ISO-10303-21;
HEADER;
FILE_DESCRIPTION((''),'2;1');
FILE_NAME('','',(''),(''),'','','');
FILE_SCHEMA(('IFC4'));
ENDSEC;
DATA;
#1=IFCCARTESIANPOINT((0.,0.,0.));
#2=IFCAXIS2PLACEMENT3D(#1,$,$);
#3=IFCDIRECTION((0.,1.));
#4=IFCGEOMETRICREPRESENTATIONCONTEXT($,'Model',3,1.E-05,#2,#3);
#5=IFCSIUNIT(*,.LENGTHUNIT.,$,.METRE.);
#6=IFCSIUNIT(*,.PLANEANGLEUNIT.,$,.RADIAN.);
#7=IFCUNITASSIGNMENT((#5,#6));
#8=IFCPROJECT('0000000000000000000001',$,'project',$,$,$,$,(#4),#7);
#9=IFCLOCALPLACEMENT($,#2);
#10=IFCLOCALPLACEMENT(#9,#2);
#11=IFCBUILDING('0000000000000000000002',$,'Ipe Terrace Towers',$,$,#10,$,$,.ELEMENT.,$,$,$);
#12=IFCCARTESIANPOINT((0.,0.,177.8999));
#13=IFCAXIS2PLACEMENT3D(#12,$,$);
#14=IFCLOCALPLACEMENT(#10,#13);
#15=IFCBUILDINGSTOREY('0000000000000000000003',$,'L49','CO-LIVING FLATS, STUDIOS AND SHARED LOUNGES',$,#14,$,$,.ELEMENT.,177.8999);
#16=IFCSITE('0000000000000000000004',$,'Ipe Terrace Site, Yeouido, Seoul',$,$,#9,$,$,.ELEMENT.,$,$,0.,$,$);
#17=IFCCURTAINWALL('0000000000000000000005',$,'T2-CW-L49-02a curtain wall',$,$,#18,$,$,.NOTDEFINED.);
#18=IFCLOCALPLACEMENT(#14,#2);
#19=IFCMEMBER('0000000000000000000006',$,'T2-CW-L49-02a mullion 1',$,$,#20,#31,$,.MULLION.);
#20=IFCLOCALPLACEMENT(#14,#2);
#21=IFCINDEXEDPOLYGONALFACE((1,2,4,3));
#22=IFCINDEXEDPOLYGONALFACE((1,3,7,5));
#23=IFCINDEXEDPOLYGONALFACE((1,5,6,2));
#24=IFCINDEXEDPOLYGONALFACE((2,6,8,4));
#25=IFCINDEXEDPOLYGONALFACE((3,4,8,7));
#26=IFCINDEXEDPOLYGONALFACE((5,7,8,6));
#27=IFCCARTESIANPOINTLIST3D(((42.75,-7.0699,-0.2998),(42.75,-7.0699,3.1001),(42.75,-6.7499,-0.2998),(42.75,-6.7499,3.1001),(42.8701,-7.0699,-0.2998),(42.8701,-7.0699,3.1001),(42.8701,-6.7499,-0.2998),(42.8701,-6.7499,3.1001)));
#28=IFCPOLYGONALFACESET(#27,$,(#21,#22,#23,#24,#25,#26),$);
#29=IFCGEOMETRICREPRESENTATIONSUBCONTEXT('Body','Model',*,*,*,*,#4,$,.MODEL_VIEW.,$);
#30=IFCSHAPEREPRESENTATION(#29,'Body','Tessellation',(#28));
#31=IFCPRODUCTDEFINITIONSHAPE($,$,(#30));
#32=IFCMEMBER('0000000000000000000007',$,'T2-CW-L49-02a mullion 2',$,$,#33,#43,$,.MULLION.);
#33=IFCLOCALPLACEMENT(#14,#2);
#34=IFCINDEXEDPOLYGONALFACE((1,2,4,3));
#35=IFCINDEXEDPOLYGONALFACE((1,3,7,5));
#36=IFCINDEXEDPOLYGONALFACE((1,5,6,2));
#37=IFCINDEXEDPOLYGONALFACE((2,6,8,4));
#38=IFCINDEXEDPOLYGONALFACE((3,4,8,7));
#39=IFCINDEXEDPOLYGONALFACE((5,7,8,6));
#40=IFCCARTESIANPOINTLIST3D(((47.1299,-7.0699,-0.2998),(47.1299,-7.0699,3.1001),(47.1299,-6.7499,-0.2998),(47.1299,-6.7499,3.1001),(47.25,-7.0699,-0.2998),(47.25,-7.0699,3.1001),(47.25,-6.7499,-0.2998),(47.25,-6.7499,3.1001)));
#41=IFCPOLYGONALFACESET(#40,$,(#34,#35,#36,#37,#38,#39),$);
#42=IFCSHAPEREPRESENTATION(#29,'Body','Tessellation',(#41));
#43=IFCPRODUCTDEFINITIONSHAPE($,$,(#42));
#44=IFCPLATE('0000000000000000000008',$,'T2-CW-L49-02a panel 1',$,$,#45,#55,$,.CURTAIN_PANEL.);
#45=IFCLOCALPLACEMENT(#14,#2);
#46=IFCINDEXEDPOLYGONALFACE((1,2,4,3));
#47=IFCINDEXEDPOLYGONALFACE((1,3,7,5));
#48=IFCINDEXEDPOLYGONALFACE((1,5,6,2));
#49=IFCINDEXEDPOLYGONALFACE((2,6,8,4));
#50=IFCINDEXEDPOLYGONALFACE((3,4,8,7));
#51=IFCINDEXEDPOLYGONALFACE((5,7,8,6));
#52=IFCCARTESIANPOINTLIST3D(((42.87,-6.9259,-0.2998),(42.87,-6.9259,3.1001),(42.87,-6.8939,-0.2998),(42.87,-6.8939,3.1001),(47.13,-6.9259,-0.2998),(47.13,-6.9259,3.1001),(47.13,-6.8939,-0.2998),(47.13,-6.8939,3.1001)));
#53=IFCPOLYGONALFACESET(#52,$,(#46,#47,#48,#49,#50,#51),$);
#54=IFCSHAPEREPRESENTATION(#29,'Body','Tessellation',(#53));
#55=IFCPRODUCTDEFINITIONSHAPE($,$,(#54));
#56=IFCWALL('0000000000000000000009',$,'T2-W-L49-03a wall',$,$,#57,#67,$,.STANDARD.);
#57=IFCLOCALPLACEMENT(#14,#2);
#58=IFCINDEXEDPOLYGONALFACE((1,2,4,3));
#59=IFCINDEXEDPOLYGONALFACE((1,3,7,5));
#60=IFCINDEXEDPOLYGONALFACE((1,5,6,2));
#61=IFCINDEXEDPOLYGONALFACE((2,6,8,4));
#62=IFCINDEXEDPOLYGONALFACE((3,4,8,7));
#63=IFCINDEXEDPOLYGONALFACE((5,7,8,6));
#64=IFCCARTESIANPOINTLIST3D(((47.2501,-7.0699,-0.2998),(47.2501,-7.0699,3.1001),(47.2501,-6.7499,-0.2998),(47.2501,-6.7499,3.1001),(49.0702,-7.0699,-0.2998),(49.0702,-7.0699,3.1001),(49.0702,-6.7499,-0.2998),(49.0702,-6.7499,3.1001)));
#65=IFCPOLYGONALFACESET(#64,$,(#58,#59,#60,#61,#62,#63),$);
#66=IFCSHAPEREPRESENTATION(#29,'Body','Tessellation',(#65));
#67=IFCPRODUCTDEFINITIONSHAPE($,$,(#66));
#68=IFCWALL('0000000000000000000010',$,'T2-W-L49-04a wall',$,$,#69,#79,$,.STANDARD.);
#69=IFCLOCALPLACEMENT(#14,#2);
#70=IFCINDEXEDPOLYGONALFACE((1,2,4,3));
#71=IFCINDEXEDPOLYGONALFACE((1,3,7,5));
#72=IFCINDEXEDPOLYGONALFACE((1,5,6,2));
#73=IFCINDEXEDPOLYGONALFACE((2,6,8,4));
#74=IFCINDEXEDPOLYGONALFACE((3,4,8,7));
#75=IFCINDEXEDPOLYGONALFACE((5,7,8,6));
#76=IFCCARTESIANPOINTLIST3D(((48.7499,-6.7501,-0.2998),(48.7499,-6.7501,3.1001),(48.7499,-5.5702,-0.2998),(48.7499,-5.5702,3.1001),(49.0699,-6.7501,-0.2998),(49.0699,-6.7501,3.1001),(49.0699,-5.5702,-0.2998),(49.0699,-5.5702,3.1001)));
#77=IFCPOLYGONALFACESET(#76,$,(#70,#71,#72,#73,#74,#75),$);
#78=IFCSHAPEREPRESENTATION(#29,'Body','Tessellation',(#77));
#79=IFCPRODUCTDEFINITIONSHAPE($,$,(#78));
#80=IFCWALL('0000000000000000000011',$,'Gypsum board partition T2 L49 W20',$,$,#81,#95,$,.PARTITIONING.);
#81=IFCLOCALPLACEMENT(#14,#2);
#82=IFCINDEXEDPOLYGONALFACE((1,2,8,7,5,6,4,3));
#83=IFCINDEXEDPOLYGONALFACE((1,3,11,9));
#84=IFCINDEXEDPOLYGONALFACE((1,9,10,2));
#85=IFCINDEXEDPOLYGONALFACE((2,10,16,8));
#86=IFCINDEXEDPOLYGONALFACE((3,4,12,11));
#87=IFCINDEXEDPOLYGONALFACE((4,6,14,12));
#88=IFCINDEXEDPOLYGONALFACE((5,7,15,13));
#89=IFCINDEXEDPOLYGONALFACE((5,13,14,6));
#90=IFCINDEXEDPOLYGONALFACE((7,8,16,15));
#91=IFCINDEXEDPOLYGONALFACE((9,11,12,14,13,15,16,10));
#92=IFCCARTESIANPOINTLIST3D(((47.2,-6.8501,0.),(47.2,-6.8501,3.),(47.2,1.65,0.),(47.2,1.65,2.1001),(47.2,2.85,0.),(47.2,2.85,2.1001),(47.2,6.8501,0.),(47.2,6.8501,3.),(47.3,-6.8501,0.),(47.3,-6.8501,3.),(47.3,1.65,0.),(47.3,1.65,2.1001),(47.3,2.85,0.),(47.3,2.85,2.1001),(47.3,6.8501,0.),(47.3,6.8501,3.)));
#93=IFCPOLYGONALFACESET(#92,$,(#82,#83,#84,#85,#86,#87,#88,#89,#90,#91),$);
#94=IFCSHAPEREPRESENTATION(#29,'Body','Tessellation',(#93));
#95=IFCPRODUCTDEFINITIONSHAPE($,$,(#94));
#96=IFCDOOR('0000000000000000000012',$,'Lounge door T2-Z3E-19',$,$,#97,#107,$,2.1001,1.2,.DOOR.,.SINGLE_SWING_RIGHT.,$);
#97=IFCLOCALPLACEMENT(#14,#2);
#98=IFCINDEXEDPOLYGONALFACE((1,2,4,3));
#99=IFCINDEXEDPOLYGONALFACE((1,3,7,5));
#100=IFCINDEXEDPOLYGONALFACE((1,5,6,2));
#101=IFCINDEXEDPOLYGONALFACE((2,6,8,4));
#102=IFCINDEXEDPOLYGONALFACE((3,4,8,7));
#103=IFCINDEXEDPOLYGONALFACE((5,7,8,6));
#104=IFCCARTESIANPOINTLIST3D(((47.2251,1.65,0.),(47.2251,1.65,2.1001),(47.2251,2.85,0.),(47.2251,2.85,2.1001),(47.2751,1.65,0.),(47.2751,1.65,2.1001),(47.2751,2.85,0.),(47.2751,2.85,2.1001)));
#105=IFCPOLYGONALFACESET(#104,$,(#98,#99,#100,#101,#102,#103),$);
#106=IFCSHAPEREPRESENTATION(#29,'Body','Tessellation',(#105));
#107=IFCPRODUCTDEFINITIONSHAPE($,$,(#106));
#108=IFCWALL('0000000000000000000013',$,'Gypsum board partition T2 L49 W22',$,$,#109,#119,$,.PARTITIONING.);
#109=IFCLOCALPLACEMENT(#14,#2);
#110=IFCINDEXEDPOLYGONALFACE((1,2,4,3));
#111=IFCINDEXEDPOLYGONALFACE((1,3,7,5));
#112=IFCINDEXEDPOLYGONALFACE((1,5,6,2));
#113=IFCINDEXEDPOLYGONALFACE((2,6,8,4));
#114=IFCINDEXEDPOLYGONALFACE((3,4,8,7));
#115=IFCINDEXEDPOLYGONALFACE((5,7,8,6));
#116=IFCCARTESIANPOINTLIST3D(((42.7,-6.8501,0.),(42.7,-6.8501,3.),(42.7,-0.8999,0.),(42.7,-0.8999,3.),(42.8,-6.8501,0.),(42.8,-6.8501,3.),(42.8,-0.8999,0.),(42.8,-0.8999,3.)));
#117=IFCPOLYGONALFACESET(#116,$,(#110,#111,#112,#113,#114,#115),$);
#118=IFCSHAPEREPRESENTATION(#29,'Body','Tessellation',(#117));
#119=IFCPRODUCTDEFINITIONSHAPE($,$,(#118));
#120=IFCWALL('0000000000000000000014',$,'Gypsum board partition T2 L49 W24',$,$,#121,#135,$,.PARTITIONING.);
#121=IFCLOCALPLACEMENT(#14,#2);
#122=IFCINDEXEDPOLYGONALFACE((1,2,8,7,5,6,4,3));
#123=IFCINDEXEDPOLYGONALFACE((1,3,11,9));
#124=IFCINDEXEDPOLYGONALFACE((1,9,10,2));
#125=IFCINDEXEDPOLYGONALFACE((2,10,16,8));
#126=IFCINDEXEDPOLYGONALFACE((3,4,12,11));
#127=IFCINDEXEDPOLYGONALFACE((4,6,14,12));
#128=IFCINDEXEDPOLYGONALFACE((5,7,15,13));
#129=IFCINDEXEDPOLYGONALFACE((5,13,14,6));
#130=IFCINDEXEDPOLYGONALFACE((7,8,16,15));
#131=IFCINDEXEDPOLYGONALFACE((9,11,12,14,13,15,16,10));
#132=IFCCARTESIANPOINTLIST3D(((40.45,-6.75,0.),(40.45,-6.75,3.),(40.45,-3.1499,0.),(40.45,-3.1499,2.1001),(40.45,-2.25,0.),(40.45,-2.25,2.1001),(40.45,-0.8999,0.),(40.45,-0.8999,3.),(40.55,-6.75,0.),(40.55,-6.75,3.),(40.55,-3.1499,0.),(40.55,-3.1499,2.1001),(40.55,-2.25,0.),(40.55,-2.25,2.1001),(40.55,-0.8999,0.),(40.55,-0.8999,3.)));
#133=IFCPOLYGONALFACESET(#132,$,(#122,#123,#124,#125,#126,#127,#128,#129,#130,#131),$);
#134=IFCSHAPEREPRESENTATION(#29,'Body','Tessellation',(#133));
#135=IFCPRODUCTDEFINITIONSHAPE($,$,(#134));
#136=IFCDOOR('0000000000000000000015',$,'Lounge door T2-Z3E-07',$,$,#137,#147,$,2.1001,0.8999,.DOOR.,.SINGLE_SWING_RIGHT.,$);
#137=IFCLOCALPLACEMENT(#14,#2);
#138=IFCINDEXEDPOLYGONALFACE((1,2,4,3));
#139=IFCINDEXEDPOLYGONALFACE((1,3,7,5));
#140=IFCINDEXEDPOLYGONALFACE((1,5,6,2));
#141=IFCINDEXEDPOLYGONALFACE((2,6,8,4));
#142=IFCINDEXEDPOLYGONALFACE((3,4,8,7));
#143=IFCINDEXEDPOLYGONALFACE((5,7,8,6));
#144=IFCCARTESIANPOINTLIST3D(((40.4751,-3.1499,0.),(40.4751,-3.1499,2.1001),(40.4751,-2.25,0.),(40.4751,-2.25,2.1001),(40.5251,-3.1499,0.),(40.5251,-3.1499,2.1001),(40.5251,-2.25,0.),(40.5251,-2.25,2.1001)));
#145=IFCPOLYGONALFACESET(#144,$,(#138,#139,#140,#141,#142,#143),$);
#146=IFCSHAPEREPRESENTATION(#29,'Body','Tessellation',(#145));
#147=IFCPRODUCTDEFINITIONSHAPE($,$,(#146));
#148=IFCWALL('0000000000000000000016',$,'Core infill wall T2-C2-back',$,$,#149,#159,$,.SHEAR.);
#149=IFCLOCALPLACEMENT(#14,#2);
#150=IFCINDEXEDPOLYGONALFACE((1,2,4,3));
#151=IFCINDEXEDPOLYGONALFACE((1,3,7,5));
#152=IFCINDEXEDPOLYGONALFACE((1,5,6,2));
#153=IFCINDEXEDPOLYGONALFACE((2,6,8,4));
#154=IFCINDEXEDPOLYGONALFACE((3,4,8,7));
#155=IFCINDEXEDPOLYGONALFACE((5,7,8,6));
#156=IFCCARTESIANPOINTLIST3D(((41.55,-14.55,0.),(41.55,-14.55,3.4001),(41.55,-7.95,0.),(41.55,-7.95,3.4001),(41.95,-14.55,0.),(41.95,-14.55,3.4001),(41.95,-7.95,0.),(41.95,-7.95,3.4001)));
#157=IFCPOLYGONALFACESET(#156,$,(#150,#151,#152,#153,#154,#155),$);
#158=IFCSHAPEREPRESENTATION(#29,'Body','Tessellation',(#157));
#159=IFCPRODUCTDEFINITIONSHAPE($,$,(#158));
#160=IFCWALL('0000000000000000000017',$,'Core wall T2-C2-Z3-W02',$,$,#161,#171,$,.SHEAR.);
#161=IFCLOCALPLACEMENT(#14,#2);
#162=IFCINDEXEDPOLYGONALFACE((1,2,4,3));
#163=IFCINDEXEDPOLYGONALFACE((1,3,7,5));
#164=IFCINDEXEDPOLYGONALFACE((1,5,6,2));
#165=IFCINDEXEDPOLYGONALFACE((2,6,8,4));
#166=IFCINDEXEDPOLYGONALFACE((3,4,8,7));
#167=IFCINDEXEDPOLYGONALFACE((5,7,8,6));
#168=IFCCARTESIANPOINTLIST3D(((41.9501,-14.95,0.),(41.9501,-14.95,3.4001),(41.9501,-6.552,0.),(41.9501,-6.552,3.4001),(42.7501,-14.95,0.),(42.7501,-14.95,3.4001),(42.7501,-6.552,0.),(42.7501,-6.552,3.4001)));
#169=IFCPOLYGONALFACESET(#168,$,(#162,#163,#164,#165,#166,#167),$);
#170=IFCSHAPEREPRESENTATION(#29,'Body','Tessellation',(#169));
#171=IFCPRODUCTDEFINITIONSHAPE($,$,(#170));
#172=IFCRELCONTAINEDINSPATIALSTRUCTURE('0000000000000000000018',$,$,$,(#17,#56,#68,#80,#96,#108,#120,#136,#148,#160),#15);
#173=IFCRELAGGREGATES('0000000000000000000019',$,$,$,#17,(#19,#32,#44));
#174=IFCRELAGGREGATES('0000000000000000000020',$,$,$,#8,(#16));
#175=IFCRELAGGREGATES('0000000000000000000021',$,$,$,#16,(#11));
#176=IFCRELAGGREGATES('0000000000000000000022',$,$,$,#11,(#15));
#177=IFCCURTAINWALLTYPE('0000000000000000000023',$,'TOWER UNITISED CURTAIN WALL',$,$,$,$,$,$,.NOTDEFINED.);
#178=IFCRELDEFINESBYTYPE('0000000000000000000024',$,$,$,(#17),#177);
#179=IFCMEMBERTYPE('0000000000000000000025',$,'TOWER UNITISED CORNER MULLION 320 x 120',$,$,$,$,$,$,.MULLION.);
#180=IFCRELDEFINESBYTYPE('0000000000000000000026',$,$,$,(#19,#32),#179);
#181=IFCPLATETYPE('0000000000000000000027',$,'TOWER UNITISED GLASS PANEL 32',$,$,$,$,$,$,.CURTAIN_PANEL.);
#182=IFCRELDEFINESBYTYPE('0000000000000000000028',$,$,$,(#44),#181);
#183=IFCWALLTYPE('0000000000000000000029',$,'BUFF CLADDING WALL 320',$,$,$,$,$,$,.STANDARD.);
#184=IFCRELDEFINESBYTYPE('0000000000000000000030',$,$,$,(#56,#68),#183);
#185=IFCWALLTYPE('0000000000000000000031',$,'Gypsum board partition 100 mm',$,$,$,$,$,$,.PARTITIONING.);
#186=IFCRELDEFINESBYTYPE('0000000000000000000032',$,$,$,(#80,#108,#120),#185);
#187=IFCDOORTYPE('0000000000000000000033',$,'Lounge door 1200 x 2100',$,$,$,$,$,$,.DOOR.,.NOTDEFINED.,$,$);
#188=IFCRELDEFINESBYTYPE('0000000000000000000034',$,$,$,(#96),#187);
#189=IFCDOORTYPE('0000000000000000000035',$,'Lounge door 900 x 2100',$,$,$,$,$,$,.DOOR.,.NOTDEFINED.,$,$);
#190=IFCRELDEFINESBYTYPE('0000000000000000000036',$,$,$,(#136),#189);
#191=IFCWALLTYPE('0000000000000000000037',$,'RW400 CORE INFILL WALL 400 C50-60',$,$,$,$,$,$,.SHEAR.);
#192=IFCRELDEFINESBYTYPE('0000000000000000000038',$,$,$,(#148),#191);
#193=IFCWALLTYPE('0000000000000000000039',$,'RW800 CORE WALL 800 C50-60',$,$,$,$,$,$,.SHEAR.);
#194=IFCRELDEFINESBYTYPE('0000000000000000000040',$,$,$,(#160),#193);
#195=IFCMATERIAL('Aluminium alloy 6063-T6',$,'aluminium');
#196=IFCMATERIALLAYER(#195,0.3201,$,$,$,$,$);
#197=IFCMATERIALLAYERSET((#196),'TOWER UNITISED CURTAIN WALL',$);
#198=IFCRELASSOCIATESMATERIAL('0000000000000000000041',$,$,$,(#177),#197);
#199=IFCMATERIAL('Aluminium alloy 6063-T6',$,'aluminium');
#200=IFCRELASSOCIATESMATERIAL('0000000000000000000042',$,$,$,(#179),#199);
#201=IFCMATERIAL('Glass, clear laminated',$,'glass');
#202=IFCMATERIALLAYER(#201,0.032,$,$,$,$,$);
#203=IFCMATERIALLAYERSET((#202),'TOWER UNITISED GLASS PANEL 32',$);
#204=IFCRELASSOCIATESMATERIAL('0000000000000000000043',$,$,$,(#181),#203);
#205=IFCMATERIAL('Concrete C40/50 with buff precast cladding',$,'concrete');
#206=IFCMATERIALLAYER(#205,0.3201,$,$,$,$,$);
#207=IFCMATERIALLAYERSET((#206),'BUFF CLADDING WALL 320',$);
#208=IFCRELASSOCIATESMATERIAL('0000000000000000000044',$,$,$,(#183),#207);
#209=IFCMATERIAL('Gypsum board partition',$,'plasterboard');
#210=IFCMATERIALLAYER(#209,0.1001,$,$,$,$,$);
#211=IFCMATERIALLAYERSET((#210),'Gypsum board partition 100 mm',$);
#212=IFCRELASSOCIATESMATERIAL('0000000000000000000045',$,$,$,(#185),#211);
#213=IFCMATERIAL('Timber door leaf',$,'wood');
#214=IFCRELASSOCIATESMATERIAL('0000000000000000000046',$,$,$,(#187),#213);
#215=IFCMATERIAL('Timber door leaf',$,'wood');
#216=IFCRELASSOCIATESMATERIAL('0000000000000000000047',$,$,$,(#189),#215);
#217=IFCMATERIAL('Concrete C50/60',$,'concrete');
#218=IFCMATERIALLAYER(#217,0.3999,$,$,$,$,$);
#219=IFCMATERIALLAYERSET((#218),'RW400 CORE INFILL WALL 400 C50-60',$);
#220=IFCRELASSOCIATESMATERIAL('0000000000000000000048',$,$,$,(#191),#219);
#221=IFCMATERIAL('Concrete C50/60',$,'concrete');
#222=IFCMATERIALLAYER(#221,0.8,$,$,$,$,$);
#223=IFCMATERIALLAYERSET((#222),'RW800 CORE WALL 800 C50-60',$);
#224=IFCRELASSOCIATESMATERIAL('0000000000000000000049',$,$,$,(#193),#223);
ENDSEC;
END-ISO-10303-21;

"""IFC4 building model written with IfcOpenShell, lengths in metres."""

from ifc_helpers import new_model, si_unit, direction, frame, frame_2d, origin, origin_2d, place, context, subcontext, project, spatial, rectangle, extrude, material, layer, layer_set, material_profile, profile_set, type_object, element, fill, aggregate, save


model = new_model("IFC4")

# Units and contexts
model_context = context("Model", 3, precision=1e-05, world=origin(), true_north=direction((0.0, 1.0)))
body_context = subcontext(model_context, "Body", "Model", "MODEL_VIEW")
ifc_project = project(units=[si_unit("LENGTHUNIT", "METRE"), si_unit("PLANEANGLEUNIT", "RADIAN")], contexts=[model_context])

# Site, building, storey
site_placement = place(None, origin())
site = spatial("IfcSite", under=ifc_project, at=site_placement, Name="Ipe Terrace Site, Yeouido, Seoul", CompositionType="ELEMENT", RefElevation=0.0)
building_placement = place(site_placement, origin())
building = spatial("IfcBuilding", under=site, at=building_placement, Name="Ipe Terrace Towers", CompositionType="ELEMENT")
storey_placement = place(building_placement, frame((0.0, 0.0, 177.8999)))
storey = spatial("IfcBuildingStorey", under=building, at=storey_placement, Name="L49", Description="CO-LIVING FLATS, STUDIOS AND SHARED LOUNGES", CompositionType="ELEMENT", Elevation=177.8999)

# Curtain wall, members, plate
ifc_material_1 = material(Name="Aluminium alloy 6063-T6", Category="aluminium")
ifc_layer_1 = layer(ifc_material_1, 0.3201)
ifc_layer_set_1 = layer_set([ifc_layer_1], Name="TOWER UNITISED CURTAIN WALL")
curtain_wall_type = type_object("IfcCurtainWallType", Name="TOWER UNITISED CURTAIN WALL", PredefinedType="NOTDEFINED", material=ifc_layer_set_1)
curtain_wall_placement = place(storey_placement, origin())
curtain_wall = element("IfcCurtainWall", 1, at=curtain_wall_placement, inside=storey, type_object=curtain_wall_type, Name="T2-CW-L49-02a curtain wall", PredefinedType="NOTDEFINED")
ifc_material_2 = material(Name="Aluminium alloy 6063-T6", Category="aluminium")
ifc_material_profile = material_profile(ifc_material_2, rectangle(XDim=0.3201, YDim=0.1201, at=origin_2d()), Name="TOWER UNITISED CORNER MULLION 320 x 120")
ifc_profile_set = profile_set([ifc_material_profile], Name="Aluminium alloy 6063-T6")
member_type = type_object("IfcMemberType", Name="TOWER UNITISED CORNER MULLION 320 x 120", PredefinedType="MULLION", material=ifc_profile_set)
member_1_placement = place(storey_placement, frame((42.8101, -6.9099, -0.2998), z_axis=(0.0, 0.0, 1.0), x_axis=(0.0, -1.0, 0.0)))
member_1 = element("IfcMember", 2, at=member_1_placement, type_object=member_type, Name="T2-CW-L49-02a mullion 1", PredefinedType="MULLION", context=body_context, shape_type="SweptSolid", body=[
    extrude(rectangle(XDim=0.3201, YDim=0.1201, at=origin_2d()), origin(), (0.0, 0.0, 1.0), 3.3999),
])
member_2_placement = place(storey_placement, frame((47.1899, -6.9099, -0.2998), z_axis=(0.0, 0.0, 1.0), x_axis=(0.0, -1.0, 0.0)))
member_2 = element("IfcMember", 3, at=member_2_placement, type_object=member_type, Name="T2-CW-L49-02a mullion 2", PredefinedType="MULLION", context=body_context, shape_type="SweptSolid", body=[
    extrude(rectangle(XDim=0.3201, YDim=0.1201, at=origin_2d()), origin(), (0.0, 0.0, 1.0), 3.3999),
])
ifc_material_3 = material(Name="Glass, clear laminated", Category="glass")
ifc_layer_2 = layer(ifc_material_3, 0.032)
ifc_layer_set_2 = layer_set([ifc_layer_2], Name="TOWER UNITISED GLASS PANEL 32")
plate_type = type_object("IfcPlateType", Name="TOWER UNITISED GLASS PANEL 32", PredefinedType="CURTAIN_PANEL", material=ifc_layer_set_2)
plate_placement = place(storey_placement, frame((45.0, -6.9099, -0.2998), z_axis=(0.0, 0.0, 1.0), x_axis=(1.0, 0.0, 0.0)))
plate = element("IfcPlate", 4, at=plate_placement, type_object=plate_type, Name="T2-CW-L49-02a panel 1", PredefinedType="CURTAIN_PANEL", context=body_context, shape_type="SweptSolid", body=[
    extrude(rectangle(XDim=4.26, YDim=0.032, at=origin_2d()), origin(), (0.0, 0.0, 1.0), 3.3999),
])
aggregate(curtain_wall, [member_1, member_2, plate])

# Walls
ifc_material_4 = material(Name="Concrete C40/50 with buff precast cladding", Category="concrete")
ifc_layer_3 = layer(ifc_material_4, 0.3201)
ifc_layer_set_3 = layer_set([ifc_layer_3], Name="BUFF CLADDING WALL 320")
wall_type_1 = type_object("IfcWallType", Name="BUFF CLADDING WALL 320", PredefinedType="STANDARD", material=ifc_layer_set_3)
wall_1_placement = place(storey_placement, frame((47.25, -6.9099, -0.2998), z_axis=(0.0, 0.0, 1.0), x_axis=(1.0, 0.0, 0.0)))
element("IfcWall", 5, at=wall_1_placement, inside=storey, type_object=wall_type_1, Name="T2-W-L49-03a wall", PredefinedType="STANDARD", context=body_context, shape_type="SweptSolid", body=[
    extrude(rectangle(XDim=1.8201, YDim=0.3201, at=frame_2d((0.9102, 0.0))), origin(), (0.0, 0.0, 1.0), 3.3999),
])
wall_2_placement = place(storey_placement, frame((48.9099, -6.75, -0.2998), z_axis=(0.0, 0.0, 1.0), x_axis=(0.0, 1.0, 0.0)))
element("IfcWall", 6, at=wall_2_placement, inside=storey, type_object=wall_type_1, Name="T2-W-L49-04a wall", PredefinedType="STANDARD", context=body_context, shape_type="SweptSolid", body=[
    extrude(rectangle(XDim=1.1799, YDim=0.3201, at=frame_2d((0.5898, 0.0))), origin(), (0.0, 0.0, 1.0), 3.3999),
])

# Wall, opening, door
ifc_material_5 = material(Name="Gypsum board partition", Category="plasterboard")
ifc_layer_4 = layer(ifc_material_5, 0.1001)
ifc_layer_set_4 = layer_set([ifc_layer_4], Name="Gypsum board partition 100 mm")
wall_type_2 = type_object("IfcWallType", Name="Gypsum board partition 100 mm", PredefinedType="PARTITIONING", material=ifc_layer_set_4)
wall_3_placement = place(storey_placement, frame((47.25, -6.8501, 0.0), z_axis=(0.0, 0.0, 1.0), x_axis=(0.0, 1.0, 0.0)))
wall_3 = element("IfcWall", 7, at=wall_3_placement, inside=storey, type_object=wall_type_2, Name="Gypsum board partition T2 L49 W20", PredefinedType="PARTITIONING", context=body_context, shape_type="SweptSolid", body=[
    extrude(rectangle(XDim=13.7002, YDim=0.1001, at=frame_2d((6.8501, 0.0))), origin(), (0.0, 0.0, 1.0), 3.0),
])
opening_1_placement = place(wall_3_placement, frame((8.5, 0.0, 0.0)))
opening_1 = element("IfcOpeningElement", 8, at=opening_1_placement, cuts=wall_3, PredefinedType="OPENING", context=body_context, shape_type="SweptSolid", body=[
    extrude(rectangle(XDim=1.2, YDim=2.1001, at=frame_2d((0.6001, 1.05))), frame((0.0, 0.0601, 0.0), z_axis=(0.0, -1.0, 0.0), x_axis=(1.0, 0.0, 0.0)), (0.0, 0.0, 1.0), 0.1201),
])
ifc_material_6 = material(Name="Timber door leaf", Category="wood")
door_type_1 = type_object("IfcDoorType", Name="Lounge door 1200 x 2100", OperationType="NOTDEFINED", PredefinedType="DOOR", material=ifc_material_6)
door_1_placement = place(opening_1_placement, origin())
door_1 = element("IfcDoor", 9, at=door_1_placement, inside=storey, type_object=door_type_1, Name="Lounge door T2-Z3E-19", OperationType="SINGLE_SWING_RIGHT", OverallHeight=2.1001, OverallWidth=1.2, PredefinedType="DOOR", context=body_context, shape_type="SweptSolid", body=[
    extrude(rectangle(XDim=1.2, YDim=2.1001, at=frame_2d((0.6001, 1.05))), frame((0.0, 0.0249, 0.0), z_axis=(0.0, -1.0, 0.0), x_axis=(1.0, 0.0, 0.0)), (0.0, 0.0, 1.0), 0.05),
])
fill(opening_1, door_1)

# Wall
wall_4_placement = place(storey_placement, frame((42.75, -6.8501, 0.0), z_axis=(0.0, 0.0, 1.0), x_axis=(0.0, 1.0, 0.0)))
element("IfcWall", 10, at=wall_4_placement, inside=storey, type_object=wall_type_2, Name="Gypsum board partition T2 L49 W22", PredefinedType="PARTITIONING", context=body_context, shape_type="SweptSolid", body=[
    extrude(rectangle(XDim=5.9502, YDim=0.1001, at=frame_2d((2.9751, 0.0))), origin(), (0.0, 0.0, 1.0), 3.0),
])

# Wall, opening, door
wall_5_placement = place(storey_placement, frame((40.5, -6.75, 0.0), z_axis=(0.0, 0.0, 1.0), x_axis=(0.0, 1.0, 0.0)))
wall_5 = element("IfcWall", 11, at=wall_5_placement, inside=storey, type_object=wall_type_2, Name="Gypsum board partition T2 L49 W24", PredefinedType="PARTITIONING", context=body_context, shape_type="SweptSolid", body=[
    extrude(rectangle(XDim=5.8501, YDim=0.1001, at=frame_2d((2.925, 0.0))), origin(), (0.0, 0.0, 1.0), 3.0),
])
opening_2_placement = place(wall_5_placement, frame((3.6001, 0.0, 0.0)))
opening_2 = element("IfcOpeningElement", 12, at=opening_2_placement, cuts=wall_5, PredefinedType="OPENING", context=body_context, shape_type="SweptSolid", body=[
    extrude(rectangle(XDim=0.8999, YDim=2.1001, at=frame_2d((0.45, 1.05))), frame((0.0, 0.0601, 0.0), z_axis=(0.0, -1.0, 0.0), x_axis=(1.0, 0.0, 0.0)), (0.0, 0.0, 1.0), 0.1201),
])
ifc_material_7 = material(Name="Timber door leaf", Category="wood")
door_type_2 = type_object("IfcDoorType", Name="Lounge door 900 x 2100", OperationType="NOTDEFINED", PredefinedType="DOOR", material=ifc_material_7)
door_2_placement = place(opening_2_placement, origin())
door_2 = element("IfcDoor", 13, at=door_2_placement, inside=storey, type_object=door_type_2, Name="Lounge door T2-Z3E-07", OperationType="SINGLE_SWING_RIGHT", OverallHeight=2.1001, OverallWidth=0.8999, PredefinedType="DOOR", context=body_context, shape_type="SweptSolid", body=[
    extrude(rectangle(XDim=0.8999, YDim=2.1001, at=frame_2d((0.45, 1.05))), frame((0.0, 0.0249, 0.0), z_axis=(0.0, -1.0, 0.0), x_axis=(1.0, 0.0, 0.0)), (0.0, 0.0, 1.0), 0.05),
])
fill(opening_2, door_2)

# Walls
ifc_material_8 = material(Name="Concrete C50/60", Category="concrete")
ifc_layer_5 = layer(ifc_material_8, 0.3999)
ifc_layer_set_5 = layer_set([ifc_layer_5], Name="RW400 CORE INFILL WALL 400 C50-60")
wall_type_3 = type_object("IfcWallType", Name="RW400 CORE INFILL WALL 400 C50-60", PredefinedType="SHEAR", material=ifc_layer_set_5)
wall_6_placement = place(storey_placement, frame((41.75, -7.95, 0.0), z_axis=(0.0, 0.0, 1.0), x_axis=(0.0, -1.0, 0.0)))
element("IfcWall", 14, at=wall_6_placement, inside=storey, type_object=wall_type_3, Name="Core infill wall T2-C2-back", PredefinedType="SHEAR", context=body_context, shape_type="SweptSolid", body=[
    extrude(rectangle(XDim=6.6001, YDim=0.3999, at=frame_2d((3.3, 0.0))), origin(), (0.0, 0.0, 1.0), 3.4001),
])
ifc_material_9 = material(Name="Concrete C50/60", Category="concrete")
ifc_layer_6 = layer(ifc_material_9, 0.8)
ifc_layer_set_6 = layer_set([ifc_layer_6], Name="RW800 CORE WALL 800 C50-60")
wall_type_4 = type_object("IfcWallType", Name="RW800 CORE WALL 800 C50-60", PredefinedType="SHEAR", material=ifc_layer_set_6)
wall_7_placement = place(storey_placement, frame((42.3501, -14.95, 0.0), z_axis=(0.0, 0.0, 1.0), x_axis=(0.0, 1.0, 0.0)))
element("IfcWall", 15, at=wall_7_placement, inside=storey, type_object=wall_type_4, Name="Core wall T2-C2-Z3-W02", PredefinedType="SHEAR", context=body_context, shape_type="SweptSolid", body=[
    extrude(rectangle(XDim=8.3979, YDim=0.8, at=frame_2d((4.199, 0.0))), origin(), (0.0, 0.0, 1.0), 3.4001),
])

save(model, "model.ifc")
